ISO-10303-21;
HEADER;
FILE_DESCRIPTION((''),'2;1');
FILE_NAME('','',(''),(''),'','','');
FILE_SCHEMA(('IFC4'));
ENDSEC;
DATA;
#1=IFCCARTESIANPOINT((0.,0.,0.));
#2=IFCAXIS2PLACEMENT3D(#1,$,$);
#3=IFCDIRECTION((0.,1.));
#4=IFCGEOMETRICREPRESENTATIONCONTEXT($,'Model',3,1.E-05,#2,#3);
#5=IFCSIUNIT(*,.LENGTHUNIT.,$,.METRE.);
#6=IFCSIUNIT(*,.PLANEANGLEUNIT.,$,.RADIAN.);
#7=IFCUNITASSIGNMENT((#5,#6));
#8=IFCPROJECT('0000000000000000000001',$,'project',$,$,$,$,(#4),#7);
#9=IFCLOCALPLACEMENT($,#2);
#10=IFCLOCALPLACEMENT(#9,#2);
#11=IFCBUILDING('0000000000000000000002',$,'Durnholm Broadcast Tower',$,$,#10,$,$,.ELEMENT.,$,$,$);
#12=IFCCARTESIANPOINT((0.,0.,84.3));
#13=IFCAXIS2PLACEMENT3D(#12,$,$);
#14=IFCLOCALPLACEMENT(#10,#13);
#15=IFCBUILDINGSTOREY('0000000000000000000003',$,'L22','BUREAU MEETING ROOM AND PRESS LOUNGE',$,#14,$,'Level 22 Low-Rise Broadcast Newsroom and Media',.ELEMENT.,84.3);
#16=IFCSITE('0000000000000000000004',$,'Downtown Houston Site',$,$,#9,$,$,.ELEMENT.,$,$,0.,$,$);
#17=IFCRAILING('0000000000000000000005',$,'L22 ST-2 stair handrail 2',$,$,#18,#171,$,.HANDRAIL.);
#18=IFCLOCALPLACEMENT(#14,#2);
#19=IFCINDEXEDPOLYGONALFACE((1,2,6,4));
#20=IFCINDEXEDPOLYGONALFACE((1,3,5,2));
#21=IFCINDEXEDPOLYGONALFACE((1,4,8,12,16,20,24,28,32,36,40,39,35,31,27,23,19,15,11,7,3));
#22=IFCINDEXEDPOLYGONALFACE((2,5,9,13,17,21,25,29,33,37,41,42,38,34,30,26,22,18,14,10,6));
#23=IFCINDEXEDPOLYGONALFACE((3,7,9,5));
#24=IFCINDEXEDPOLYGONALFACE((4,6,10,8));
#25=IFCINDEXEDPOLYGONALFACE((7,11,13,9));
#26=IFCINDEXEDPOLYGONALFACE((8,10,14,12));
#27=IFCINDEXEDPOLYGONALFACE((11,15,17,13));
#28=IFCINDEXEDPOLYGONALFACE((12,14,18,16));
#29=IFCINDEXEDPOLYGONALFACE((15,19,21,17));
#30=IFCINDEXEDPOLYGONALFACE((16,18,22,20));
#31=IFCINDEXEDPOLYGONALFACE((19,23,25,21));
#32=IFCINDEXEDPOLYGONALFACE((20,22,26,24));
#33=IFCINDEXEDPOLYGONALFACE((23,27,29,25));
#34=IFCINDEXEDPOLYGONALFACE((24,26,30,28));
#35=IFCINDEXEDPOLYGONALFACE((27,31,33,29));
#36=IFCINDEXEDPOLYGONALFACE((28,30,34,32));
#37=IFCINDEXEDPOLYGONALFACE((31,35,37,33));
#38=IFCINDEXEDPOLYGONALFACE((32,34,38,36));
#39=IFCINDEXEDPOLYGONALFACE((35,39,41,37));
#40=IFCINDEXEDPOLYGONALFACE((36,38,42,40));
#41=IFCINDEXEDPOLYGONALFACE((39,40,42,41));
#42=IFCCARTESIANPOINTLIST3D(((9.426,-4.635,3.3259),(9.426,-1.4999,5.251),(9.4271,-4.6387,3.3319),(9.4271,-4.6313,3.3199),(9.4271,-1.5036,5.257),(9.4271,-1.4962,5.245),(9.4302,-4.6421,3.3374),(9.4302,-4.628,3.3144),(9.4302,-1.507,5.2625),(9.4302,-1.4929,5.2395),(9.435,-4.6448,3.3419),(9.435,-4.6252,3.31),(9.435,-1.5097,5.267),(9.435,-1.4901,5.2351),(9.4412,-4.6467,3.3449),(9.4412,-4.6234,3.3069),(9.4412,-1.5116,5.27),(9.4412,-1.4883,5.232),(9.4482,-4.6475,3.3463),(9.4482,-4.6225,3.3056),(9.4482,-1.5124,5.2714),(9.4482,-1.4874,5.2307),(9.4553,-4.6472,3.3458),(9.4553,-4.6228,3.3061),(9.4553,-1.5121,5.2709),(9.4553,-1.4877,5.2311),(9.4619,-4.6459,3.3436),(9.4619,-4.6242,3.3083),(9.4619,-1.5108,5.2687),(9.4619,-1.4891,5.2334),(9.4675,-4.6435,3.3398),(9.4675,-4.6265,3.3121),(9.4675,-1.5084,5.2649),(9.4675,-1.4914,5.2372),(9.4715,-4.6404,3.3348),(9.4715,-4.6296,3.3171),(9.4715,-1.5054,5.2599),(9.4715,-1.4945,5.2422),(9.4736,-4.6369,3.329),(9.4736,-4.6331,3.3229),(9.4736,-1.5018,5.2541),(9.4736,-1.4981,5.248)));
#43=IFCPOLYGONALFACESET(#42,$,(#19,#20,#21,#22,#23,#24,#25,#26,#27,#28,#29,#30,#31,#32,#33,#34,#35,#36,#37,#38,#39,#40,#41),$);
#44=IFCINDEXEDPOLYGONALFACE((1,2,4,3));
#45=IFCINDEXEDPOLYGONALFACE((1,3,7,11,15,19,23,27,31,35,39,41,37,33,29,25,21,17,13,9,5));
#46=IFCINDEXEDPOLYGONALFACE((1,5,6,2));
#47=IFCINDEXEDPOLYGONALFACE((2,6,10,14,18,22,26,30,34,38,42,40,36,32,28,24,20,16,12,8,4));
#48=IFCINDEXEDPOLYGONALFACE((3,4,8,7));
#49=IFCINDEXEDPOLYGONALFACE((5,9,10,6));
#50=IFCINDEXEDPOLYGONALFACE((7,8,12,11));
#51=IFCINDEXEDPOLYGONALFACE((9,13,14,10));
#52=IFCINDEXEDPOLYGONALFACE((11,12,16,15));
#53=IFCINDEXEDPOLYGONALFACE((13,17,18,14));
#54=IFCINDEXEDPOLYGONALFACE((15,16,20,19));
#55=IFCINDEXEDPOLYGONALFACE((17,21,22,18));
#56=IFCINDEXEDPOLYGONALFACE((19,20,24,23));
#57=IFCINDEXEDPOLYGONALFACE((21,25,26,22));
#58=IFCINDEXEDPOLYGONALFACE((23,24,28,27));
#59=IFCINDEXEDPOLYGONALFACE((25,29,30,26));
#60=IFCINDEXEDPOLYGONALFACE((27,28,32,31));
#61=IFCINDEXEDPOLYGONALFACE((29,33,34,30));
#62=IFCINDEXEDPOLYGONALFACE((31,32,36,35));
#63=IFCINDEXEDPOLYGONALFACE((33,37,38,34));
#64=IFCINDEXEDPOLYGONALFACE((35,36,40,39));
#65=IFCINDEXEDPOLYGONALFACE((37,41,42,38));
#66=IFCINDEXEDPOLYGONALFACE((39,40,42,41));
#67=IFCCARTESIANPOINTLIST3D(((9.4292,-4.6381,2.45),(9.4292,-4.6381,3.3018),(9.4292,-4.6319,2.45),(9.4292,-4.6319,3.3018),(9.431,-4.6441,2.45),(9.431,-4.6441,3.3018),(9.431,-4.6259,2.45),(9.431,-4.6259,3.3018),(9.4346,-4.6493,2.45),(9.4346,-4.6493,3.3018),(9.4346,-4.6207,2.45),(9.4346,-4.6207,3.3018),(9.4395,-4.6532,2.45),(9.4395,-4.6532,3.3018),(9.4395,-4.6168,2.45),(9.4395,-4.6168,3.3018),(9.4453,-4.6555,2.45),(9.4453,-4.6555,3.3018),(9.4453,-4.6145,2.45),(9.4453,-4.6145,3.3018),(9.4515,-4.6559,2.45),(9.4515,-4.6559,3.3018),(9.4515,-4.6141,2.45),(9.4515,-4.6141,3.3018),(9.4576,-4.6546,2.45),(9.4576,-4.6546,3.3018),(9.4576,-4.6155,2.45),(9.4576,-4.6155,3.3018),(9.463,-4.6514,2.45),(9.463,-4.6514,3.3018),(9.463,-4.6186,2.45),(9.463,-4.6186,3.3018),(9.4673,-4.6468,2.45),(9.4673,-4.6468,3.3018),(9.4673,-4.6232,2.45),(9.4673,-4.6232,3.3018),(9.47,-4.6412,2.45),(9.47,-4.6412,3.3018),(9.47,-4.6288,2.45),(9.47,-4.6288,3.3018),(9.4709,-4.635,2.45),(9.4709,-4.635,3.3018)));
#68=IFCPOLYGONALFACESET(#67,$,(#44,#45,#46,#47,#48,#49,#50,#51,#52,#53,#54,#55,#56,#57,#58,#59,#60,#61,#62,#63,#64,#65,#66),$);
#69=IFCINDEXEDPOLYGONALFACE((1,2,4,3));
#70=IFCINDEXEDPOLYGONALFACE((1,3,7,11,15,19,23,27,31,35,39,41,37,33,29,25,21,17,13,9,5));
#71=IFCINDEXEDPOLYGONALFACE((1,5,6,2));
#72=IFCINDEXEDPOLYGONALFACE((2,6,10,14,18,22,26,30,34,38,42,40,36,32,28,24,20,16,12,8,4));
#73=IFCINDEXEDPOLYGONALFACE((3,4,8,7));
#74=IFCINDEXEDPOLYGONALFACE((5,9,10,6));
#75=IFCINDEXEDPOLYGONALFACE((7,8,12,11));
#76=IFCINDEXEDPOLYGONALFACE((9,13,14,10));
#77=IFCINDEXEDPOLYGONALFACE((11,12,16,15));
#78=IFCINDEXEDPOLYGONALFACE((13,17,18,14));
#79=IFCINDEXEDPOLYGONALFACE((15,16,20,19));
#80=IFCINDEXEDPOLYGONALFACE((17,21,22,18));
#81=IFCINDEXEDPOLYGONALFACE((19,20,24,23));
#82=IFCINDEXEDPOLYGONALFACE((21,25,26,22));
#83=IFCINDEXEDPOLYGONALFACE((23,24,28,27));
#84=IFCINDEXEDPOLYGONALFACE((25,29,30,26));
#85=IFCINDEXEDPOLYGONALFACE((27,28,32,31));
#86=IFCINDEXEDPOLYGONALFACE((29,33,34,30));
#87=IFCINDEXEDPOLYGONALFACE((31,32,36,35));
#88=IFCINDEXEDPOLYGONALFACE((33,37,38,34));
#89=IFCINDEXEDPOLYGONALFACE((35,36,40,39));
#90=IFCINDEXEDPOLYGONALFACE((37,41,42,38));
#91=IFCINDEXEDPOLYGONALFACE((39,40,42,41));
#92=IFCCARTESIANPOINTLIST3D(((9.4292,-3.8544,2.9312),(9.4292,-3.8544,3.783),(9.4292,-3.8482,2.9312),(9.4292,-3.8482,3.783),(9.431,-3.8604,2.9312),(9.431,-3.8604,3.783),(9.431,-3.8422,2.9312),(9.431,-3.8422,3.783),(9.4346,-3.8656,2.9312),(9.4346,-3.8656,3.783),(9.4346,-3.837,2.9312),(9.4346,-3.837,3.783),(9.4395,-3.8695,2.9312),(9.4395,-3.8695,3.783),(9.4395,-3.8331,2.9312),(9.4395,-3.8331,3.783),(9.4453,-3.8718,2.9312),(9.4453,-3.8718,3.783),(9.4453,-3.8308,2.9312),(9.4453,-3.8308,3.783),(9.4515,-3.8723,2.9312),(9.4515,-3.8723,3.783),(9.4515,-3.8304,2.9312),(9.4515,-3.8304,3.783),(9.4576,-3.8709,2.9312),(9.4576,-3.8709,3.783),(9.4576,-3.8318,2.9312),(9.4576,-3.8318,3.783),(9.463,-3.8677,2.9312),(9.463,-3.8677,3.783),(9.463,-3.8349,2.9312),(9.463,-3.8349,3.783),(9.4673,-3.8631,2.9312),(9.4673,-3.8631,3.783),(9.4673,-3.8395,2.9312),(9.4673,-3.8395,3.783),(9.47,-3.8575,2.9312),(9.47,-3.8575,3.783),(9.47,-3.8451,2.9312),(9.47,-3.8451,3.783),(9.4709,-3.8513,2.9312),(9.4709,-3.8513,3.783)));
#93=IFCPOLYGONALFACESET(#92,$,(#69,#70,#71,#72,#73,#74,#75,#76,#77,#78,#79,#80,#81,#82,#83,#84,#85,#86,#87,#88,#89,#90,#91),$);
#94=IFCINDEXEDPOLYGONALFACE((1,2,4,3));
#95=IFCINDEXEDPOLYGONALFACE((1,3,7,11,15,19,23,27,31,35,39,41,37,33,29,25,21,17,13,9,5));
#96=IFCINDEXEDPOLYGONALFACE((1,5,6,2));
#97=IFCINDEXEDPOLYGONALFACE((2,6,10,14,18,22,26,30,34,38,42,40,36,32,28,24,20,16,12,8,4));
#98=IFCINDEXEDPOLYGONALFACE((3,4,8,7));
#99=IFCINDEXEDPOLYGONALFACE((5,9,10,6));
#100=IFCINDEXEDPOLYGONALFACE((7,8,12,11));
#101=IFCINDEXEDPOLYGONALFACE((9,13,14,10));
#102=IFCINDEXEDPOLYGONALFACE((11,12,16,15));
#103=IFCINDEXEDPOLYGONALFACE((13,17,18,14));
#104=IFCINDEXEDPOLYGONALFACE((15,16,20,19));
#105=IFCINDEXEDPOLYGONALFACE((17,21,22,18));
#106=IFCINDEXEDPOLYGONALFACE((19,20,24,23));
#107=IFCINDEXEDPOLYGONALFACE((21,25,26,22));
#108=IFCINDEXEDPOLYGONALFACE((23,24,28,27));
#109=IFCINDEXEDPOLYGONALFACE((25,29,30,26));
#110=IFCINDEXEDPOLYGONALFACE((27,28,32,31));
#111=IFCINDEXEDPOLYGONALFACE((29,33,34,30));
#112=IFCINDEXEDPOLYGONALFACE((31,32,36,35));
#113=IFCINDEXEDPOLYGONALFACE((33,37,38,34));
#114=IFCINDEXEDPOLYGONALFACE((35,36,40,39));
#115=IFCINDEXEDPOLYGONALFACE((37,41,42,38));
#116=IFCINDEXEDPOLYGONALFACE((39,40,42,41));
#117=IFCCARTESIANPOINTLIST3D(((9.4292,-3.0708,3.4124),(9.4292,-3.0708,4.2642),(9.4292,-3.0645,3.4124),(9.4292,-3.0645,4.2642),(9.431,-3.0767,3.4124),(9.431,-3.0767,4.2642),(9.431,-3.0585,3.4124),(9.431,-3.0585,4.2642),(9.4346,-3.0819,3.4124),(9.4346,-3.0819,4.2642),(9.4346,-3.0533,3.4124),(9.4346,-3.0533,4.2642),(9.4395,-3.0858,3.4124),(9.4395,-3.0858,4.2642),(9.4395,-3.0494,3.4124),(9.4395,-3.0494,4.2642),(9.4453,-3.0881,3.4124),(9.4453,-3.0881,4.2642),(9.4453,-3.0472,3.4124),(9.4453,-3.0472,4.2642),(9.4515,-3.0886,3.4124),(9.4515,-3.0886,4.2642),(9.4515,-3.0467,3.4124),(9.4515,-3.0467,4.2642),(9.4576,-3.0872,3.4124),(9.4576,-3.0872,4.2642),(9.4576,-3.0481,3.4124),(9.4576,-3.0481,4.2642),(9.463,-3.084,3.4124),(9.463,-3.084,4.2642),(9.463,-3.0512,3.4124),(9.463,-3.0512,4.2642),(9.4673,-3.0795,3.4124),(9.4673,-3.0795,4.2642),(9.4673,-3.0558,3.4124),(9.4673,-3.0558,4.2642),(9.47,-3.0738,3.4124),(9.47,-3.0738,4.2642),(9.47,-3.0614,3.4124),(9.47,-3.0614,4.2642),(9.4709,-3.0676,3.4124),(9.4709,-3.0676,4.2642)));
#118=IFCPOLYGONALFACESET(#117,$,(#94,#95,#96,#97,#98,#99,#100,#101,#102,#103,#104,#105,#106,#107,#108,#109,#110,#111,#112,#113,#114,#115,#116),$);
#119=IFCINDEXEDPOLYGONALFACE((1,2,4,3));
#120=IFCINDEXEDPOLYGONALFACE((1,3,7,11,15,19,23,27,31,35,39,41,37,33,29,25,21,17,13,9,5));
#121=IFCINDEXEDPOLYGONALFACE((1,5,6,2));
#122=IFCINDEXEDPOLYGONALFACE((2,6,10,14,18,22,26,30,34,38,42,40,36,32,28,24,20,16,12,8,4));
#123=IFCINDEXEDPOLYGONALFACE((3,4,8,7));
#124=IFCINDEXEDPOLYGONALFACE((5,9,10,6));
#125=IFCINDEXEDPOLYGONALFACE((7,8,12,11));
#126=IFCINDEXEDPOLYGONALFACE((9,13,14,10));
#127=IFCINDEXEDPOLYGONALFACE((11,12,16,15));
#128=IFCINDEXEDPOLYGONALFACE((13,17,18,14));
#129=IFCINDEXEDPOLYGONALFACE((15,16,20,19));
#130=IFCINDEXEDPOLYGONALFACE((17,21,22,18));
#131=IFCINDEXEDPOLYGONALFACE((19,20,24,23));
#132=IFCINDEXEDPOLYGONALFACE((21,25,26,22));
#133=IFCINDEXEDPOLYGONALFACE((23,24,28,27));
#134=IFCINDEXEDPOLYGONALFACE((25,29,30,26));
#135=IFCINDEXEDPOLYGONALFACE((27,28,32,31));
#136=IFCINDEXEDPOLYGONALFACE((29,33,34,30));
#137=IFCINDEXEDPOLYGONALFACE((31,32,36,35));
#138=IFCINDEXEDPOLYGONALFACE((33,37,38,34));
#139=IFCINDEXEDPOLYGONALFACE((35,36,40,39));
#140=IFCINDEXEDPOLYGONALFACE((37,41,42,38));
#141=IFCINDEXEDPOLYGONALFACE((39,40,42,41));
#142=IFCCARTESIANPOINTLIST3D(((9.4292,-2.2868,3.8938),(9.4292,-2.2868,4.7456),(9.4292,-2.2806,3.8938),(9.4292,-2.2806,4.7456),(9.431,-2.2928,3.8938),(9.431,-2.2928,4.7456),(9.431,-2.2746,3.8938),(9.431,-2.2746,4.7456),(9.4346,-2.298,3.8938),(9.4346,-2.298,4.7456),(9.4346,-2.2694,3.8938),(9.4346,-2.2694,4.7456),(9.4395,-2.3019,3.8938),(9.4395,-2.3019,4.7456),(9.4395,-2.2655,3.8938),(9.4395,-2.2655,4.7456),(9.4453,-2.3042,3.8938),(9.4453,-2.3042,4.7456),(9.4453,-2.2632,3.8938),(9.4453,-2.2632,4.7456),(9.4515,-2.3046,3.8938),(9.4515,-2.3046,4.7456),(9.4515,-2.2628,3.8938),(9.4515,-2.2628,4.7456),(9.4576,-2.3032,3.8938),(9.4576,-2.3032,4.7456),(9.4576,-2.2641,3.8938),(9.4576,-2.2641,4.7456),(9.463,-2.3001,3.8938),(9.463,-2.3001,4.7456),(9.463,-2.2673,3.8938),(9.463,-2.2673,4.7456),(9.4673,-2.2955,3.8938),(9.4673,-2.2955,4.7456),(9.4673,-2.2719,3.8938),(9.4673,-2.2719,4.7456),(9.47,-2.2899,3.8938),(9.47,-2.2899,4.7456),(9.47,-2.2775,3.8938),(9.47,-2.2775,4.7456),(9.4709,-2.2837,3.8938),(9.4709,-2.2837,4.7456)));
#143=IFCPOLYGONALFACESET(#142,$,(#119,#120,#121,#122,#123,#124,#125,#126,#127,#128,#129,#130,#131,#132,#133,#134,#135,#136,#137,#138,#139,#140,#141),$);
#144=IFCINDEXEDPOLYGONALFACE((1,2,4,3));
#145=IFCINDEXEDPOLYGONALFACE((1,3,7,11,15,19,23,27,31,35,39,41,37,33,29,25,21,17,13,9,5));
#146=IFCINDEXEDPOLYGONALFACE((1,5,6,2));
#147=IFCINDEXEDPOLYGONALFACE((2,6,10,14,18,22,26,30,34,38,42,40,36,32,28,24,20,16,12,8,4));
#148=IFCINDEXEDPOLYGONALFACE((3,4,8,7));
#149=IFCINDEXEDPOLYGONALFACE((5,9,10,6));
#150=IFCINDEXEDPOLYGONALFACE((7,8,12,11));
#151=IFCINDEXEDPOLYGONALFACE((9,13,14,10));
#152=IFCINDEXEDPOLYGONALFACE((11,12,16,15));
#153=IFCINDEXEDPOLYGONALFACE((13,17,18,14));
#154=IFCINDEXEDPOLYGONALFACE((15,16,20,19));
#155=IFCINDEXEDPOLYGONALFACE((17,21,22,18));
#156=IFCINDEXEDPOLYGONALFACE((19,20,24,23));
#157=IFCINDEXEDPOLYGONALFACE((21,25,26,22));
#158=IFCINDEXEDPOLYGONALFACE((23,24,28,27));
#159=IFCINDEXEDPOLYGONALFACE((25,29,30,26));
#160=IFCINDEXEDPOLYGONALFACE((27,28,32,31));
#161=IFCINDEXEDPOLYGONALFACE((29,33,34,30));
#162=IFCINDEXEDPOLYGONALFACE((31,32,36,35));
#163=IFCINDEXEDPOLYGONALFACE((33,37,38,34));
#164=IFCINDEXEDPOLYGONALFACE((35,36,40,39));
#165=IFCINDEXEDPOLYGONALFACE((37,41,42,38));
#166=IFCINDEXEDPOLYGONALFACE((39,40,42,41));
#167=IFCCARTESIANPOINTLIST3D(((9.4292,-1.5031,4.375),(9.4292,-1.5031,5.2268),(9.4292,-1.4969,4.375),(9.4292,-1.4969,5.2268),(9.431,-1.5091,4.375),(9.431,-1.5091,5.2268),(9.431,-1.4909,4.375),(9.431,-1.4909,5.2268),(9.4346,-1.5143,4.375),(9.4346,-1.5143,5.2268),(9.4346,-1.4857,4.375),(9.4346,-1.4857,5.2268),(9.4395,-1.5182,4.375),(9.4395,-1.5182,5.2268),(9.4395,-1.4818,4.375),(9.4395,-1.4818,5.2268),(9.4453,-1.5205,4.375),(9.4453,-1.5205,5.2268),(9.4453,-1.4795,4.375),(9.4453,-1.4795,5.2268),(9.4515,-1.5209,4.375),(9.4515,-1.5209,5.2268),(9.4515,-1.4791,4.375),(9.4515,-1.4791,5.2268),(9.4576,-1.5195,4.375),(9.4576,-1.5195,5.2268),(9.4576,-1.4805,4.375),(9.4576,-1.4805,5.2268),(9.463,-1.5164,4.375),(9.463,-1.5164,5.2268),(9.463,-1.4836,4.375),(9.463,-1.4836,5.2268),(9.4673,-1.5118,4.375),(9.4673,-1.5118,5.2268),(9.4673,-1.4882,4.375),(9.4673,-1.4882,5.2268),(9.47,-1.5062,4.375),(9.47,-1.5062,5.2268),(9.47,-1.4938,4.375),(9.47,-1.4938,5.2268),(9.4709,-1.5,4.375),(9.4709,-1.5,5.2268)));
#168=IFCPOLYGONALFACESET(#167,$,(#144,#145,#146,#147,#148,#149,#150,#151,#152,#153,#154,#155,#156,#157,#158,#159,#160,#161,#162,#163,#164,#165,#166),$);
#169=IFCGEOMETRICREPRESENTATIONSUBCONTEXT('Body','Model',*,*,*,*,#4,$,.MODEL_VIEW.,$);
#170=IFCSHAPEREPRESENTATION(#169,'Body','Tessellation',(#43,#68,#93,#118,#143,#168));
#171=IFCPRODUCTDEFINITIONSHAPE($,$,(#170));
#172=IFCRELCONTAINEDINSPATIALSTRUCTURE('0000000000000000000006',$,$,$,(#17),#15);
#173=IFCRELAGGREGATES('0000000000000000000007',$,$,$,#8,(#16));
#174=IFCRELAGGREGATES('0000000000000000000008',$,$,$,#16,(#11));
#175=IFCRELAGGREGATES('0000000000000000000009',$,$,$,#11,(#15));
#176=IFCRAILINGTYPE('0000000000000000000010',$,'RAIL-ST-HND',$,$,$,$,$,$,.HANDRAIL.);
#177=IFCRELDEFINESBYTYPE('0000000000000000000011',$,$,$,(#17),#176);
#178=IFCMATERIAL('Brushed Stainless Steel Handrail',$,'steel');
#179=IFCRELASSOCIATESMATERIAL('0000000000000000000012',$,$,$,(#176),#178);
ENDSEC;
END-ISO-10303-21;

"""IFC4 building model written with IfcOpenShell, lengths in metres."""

from ifc_helpers import new_model, si_unit, direction, frame, origin, origin_2d, place, context, subcontext, project, spatial, circle, extrude, material, type_object, element, save


model = new_model("IFC4")

# Units and contexts
model_context = context("Model", 3, precision=1e-05, world=origin(), true_north=direction((0.0, 1.0)))
body_context = subcontext(model_context, "Body", "Model", "MODEL_VIEW")
ifc_project = project(units=[si_unit("LENGTHUNIT", "METRE"), si_unit("PLANEANGLEUNIT", "RADIAN")], contexts=[model_context])

# Site, building, storey
site_placement = place(None, origin())
site = spatial("IfcSite", under=ifc_project, at=site_placement, Name="Downtown Houston Site", CompositionType="ELEMENT", RefElevation=0.0)
building_placement = place(site_placement, origin())
building = spatial("IfcBuilding", under=site, at=building_placement, Name="Durnholm Broadcast Tower", CompositionType="ELEMENT")
storey_placement = place(building_placement, frame((0.0, 0.0, 84.3)))
storey = spatial("IfcBuildingStorey", under=building, at=storey_placement, Name="L22", Description="BUREAU MEETING ROOM AND PRESS LOUNGE", LongName="Level 22 Low-Rise Broadcast Newsroom and Media", CompositionType="ELEMENT", Elevation=84.3)

# Railing
ifc_material_1 = material(Name="Brushed Stainless Steel Handrail", Category="steel")
railing_type_1 = type_object("IfcRailingType", Name="RAIL-ST-HND", PredefinedType="HANDRAIL", material=ifc_material_1)
railing_1_placement = place(storey_placement, frame((9.45, -4.635, 2.45)))
element("IfcRailing", 1, at=railing_1_placement, inside=storey, type_object=railing_type_1, Name="L22 ST-2 stair handrail 2", PredefinedType="HANDRAIL", context=body_context, shape_type="SweptSolid", body=[
    extrude(circle(Radius=0.0239, at=origin_2d()), frame((0.0, 0.0, 0.876), z_axis=(0.0, 0.852166, 0.523271), x_axis=(-1.0, 0.0, 0.0)), (0.0, 0.0, 1.0), 3.679),
    extrude(circle(Radius=0.021, at=origin_2d()), origin(), (0.0, 0.0, 1.0), 0.8518),
    extrude(circle(Radius=0.021, at=origin_2d()), frame((0.0, 0.7837, 0.4812)), (0.0, 0.0, 1.0), 0.8518),
    extrude(circle(Radius=0.021, at=origin_2d()), frame((0.0, 1.5674, 0.9624)), (0.0, 0.0, 1.0), 0.8518),
    extrude(circle(Radius=0.021, at=origin_2d()), frame((0.0, 2.3513, 1.4438)), (0.0, 0.0, 1.0), 0.8518),
    extrude(circle(Radius=0.021, at=origin_2d()), frame((0.0, 3.135, 1.925)), (0.0, 0.0, 1.0), 0.8518),
])

save(model, "model.ifc")
